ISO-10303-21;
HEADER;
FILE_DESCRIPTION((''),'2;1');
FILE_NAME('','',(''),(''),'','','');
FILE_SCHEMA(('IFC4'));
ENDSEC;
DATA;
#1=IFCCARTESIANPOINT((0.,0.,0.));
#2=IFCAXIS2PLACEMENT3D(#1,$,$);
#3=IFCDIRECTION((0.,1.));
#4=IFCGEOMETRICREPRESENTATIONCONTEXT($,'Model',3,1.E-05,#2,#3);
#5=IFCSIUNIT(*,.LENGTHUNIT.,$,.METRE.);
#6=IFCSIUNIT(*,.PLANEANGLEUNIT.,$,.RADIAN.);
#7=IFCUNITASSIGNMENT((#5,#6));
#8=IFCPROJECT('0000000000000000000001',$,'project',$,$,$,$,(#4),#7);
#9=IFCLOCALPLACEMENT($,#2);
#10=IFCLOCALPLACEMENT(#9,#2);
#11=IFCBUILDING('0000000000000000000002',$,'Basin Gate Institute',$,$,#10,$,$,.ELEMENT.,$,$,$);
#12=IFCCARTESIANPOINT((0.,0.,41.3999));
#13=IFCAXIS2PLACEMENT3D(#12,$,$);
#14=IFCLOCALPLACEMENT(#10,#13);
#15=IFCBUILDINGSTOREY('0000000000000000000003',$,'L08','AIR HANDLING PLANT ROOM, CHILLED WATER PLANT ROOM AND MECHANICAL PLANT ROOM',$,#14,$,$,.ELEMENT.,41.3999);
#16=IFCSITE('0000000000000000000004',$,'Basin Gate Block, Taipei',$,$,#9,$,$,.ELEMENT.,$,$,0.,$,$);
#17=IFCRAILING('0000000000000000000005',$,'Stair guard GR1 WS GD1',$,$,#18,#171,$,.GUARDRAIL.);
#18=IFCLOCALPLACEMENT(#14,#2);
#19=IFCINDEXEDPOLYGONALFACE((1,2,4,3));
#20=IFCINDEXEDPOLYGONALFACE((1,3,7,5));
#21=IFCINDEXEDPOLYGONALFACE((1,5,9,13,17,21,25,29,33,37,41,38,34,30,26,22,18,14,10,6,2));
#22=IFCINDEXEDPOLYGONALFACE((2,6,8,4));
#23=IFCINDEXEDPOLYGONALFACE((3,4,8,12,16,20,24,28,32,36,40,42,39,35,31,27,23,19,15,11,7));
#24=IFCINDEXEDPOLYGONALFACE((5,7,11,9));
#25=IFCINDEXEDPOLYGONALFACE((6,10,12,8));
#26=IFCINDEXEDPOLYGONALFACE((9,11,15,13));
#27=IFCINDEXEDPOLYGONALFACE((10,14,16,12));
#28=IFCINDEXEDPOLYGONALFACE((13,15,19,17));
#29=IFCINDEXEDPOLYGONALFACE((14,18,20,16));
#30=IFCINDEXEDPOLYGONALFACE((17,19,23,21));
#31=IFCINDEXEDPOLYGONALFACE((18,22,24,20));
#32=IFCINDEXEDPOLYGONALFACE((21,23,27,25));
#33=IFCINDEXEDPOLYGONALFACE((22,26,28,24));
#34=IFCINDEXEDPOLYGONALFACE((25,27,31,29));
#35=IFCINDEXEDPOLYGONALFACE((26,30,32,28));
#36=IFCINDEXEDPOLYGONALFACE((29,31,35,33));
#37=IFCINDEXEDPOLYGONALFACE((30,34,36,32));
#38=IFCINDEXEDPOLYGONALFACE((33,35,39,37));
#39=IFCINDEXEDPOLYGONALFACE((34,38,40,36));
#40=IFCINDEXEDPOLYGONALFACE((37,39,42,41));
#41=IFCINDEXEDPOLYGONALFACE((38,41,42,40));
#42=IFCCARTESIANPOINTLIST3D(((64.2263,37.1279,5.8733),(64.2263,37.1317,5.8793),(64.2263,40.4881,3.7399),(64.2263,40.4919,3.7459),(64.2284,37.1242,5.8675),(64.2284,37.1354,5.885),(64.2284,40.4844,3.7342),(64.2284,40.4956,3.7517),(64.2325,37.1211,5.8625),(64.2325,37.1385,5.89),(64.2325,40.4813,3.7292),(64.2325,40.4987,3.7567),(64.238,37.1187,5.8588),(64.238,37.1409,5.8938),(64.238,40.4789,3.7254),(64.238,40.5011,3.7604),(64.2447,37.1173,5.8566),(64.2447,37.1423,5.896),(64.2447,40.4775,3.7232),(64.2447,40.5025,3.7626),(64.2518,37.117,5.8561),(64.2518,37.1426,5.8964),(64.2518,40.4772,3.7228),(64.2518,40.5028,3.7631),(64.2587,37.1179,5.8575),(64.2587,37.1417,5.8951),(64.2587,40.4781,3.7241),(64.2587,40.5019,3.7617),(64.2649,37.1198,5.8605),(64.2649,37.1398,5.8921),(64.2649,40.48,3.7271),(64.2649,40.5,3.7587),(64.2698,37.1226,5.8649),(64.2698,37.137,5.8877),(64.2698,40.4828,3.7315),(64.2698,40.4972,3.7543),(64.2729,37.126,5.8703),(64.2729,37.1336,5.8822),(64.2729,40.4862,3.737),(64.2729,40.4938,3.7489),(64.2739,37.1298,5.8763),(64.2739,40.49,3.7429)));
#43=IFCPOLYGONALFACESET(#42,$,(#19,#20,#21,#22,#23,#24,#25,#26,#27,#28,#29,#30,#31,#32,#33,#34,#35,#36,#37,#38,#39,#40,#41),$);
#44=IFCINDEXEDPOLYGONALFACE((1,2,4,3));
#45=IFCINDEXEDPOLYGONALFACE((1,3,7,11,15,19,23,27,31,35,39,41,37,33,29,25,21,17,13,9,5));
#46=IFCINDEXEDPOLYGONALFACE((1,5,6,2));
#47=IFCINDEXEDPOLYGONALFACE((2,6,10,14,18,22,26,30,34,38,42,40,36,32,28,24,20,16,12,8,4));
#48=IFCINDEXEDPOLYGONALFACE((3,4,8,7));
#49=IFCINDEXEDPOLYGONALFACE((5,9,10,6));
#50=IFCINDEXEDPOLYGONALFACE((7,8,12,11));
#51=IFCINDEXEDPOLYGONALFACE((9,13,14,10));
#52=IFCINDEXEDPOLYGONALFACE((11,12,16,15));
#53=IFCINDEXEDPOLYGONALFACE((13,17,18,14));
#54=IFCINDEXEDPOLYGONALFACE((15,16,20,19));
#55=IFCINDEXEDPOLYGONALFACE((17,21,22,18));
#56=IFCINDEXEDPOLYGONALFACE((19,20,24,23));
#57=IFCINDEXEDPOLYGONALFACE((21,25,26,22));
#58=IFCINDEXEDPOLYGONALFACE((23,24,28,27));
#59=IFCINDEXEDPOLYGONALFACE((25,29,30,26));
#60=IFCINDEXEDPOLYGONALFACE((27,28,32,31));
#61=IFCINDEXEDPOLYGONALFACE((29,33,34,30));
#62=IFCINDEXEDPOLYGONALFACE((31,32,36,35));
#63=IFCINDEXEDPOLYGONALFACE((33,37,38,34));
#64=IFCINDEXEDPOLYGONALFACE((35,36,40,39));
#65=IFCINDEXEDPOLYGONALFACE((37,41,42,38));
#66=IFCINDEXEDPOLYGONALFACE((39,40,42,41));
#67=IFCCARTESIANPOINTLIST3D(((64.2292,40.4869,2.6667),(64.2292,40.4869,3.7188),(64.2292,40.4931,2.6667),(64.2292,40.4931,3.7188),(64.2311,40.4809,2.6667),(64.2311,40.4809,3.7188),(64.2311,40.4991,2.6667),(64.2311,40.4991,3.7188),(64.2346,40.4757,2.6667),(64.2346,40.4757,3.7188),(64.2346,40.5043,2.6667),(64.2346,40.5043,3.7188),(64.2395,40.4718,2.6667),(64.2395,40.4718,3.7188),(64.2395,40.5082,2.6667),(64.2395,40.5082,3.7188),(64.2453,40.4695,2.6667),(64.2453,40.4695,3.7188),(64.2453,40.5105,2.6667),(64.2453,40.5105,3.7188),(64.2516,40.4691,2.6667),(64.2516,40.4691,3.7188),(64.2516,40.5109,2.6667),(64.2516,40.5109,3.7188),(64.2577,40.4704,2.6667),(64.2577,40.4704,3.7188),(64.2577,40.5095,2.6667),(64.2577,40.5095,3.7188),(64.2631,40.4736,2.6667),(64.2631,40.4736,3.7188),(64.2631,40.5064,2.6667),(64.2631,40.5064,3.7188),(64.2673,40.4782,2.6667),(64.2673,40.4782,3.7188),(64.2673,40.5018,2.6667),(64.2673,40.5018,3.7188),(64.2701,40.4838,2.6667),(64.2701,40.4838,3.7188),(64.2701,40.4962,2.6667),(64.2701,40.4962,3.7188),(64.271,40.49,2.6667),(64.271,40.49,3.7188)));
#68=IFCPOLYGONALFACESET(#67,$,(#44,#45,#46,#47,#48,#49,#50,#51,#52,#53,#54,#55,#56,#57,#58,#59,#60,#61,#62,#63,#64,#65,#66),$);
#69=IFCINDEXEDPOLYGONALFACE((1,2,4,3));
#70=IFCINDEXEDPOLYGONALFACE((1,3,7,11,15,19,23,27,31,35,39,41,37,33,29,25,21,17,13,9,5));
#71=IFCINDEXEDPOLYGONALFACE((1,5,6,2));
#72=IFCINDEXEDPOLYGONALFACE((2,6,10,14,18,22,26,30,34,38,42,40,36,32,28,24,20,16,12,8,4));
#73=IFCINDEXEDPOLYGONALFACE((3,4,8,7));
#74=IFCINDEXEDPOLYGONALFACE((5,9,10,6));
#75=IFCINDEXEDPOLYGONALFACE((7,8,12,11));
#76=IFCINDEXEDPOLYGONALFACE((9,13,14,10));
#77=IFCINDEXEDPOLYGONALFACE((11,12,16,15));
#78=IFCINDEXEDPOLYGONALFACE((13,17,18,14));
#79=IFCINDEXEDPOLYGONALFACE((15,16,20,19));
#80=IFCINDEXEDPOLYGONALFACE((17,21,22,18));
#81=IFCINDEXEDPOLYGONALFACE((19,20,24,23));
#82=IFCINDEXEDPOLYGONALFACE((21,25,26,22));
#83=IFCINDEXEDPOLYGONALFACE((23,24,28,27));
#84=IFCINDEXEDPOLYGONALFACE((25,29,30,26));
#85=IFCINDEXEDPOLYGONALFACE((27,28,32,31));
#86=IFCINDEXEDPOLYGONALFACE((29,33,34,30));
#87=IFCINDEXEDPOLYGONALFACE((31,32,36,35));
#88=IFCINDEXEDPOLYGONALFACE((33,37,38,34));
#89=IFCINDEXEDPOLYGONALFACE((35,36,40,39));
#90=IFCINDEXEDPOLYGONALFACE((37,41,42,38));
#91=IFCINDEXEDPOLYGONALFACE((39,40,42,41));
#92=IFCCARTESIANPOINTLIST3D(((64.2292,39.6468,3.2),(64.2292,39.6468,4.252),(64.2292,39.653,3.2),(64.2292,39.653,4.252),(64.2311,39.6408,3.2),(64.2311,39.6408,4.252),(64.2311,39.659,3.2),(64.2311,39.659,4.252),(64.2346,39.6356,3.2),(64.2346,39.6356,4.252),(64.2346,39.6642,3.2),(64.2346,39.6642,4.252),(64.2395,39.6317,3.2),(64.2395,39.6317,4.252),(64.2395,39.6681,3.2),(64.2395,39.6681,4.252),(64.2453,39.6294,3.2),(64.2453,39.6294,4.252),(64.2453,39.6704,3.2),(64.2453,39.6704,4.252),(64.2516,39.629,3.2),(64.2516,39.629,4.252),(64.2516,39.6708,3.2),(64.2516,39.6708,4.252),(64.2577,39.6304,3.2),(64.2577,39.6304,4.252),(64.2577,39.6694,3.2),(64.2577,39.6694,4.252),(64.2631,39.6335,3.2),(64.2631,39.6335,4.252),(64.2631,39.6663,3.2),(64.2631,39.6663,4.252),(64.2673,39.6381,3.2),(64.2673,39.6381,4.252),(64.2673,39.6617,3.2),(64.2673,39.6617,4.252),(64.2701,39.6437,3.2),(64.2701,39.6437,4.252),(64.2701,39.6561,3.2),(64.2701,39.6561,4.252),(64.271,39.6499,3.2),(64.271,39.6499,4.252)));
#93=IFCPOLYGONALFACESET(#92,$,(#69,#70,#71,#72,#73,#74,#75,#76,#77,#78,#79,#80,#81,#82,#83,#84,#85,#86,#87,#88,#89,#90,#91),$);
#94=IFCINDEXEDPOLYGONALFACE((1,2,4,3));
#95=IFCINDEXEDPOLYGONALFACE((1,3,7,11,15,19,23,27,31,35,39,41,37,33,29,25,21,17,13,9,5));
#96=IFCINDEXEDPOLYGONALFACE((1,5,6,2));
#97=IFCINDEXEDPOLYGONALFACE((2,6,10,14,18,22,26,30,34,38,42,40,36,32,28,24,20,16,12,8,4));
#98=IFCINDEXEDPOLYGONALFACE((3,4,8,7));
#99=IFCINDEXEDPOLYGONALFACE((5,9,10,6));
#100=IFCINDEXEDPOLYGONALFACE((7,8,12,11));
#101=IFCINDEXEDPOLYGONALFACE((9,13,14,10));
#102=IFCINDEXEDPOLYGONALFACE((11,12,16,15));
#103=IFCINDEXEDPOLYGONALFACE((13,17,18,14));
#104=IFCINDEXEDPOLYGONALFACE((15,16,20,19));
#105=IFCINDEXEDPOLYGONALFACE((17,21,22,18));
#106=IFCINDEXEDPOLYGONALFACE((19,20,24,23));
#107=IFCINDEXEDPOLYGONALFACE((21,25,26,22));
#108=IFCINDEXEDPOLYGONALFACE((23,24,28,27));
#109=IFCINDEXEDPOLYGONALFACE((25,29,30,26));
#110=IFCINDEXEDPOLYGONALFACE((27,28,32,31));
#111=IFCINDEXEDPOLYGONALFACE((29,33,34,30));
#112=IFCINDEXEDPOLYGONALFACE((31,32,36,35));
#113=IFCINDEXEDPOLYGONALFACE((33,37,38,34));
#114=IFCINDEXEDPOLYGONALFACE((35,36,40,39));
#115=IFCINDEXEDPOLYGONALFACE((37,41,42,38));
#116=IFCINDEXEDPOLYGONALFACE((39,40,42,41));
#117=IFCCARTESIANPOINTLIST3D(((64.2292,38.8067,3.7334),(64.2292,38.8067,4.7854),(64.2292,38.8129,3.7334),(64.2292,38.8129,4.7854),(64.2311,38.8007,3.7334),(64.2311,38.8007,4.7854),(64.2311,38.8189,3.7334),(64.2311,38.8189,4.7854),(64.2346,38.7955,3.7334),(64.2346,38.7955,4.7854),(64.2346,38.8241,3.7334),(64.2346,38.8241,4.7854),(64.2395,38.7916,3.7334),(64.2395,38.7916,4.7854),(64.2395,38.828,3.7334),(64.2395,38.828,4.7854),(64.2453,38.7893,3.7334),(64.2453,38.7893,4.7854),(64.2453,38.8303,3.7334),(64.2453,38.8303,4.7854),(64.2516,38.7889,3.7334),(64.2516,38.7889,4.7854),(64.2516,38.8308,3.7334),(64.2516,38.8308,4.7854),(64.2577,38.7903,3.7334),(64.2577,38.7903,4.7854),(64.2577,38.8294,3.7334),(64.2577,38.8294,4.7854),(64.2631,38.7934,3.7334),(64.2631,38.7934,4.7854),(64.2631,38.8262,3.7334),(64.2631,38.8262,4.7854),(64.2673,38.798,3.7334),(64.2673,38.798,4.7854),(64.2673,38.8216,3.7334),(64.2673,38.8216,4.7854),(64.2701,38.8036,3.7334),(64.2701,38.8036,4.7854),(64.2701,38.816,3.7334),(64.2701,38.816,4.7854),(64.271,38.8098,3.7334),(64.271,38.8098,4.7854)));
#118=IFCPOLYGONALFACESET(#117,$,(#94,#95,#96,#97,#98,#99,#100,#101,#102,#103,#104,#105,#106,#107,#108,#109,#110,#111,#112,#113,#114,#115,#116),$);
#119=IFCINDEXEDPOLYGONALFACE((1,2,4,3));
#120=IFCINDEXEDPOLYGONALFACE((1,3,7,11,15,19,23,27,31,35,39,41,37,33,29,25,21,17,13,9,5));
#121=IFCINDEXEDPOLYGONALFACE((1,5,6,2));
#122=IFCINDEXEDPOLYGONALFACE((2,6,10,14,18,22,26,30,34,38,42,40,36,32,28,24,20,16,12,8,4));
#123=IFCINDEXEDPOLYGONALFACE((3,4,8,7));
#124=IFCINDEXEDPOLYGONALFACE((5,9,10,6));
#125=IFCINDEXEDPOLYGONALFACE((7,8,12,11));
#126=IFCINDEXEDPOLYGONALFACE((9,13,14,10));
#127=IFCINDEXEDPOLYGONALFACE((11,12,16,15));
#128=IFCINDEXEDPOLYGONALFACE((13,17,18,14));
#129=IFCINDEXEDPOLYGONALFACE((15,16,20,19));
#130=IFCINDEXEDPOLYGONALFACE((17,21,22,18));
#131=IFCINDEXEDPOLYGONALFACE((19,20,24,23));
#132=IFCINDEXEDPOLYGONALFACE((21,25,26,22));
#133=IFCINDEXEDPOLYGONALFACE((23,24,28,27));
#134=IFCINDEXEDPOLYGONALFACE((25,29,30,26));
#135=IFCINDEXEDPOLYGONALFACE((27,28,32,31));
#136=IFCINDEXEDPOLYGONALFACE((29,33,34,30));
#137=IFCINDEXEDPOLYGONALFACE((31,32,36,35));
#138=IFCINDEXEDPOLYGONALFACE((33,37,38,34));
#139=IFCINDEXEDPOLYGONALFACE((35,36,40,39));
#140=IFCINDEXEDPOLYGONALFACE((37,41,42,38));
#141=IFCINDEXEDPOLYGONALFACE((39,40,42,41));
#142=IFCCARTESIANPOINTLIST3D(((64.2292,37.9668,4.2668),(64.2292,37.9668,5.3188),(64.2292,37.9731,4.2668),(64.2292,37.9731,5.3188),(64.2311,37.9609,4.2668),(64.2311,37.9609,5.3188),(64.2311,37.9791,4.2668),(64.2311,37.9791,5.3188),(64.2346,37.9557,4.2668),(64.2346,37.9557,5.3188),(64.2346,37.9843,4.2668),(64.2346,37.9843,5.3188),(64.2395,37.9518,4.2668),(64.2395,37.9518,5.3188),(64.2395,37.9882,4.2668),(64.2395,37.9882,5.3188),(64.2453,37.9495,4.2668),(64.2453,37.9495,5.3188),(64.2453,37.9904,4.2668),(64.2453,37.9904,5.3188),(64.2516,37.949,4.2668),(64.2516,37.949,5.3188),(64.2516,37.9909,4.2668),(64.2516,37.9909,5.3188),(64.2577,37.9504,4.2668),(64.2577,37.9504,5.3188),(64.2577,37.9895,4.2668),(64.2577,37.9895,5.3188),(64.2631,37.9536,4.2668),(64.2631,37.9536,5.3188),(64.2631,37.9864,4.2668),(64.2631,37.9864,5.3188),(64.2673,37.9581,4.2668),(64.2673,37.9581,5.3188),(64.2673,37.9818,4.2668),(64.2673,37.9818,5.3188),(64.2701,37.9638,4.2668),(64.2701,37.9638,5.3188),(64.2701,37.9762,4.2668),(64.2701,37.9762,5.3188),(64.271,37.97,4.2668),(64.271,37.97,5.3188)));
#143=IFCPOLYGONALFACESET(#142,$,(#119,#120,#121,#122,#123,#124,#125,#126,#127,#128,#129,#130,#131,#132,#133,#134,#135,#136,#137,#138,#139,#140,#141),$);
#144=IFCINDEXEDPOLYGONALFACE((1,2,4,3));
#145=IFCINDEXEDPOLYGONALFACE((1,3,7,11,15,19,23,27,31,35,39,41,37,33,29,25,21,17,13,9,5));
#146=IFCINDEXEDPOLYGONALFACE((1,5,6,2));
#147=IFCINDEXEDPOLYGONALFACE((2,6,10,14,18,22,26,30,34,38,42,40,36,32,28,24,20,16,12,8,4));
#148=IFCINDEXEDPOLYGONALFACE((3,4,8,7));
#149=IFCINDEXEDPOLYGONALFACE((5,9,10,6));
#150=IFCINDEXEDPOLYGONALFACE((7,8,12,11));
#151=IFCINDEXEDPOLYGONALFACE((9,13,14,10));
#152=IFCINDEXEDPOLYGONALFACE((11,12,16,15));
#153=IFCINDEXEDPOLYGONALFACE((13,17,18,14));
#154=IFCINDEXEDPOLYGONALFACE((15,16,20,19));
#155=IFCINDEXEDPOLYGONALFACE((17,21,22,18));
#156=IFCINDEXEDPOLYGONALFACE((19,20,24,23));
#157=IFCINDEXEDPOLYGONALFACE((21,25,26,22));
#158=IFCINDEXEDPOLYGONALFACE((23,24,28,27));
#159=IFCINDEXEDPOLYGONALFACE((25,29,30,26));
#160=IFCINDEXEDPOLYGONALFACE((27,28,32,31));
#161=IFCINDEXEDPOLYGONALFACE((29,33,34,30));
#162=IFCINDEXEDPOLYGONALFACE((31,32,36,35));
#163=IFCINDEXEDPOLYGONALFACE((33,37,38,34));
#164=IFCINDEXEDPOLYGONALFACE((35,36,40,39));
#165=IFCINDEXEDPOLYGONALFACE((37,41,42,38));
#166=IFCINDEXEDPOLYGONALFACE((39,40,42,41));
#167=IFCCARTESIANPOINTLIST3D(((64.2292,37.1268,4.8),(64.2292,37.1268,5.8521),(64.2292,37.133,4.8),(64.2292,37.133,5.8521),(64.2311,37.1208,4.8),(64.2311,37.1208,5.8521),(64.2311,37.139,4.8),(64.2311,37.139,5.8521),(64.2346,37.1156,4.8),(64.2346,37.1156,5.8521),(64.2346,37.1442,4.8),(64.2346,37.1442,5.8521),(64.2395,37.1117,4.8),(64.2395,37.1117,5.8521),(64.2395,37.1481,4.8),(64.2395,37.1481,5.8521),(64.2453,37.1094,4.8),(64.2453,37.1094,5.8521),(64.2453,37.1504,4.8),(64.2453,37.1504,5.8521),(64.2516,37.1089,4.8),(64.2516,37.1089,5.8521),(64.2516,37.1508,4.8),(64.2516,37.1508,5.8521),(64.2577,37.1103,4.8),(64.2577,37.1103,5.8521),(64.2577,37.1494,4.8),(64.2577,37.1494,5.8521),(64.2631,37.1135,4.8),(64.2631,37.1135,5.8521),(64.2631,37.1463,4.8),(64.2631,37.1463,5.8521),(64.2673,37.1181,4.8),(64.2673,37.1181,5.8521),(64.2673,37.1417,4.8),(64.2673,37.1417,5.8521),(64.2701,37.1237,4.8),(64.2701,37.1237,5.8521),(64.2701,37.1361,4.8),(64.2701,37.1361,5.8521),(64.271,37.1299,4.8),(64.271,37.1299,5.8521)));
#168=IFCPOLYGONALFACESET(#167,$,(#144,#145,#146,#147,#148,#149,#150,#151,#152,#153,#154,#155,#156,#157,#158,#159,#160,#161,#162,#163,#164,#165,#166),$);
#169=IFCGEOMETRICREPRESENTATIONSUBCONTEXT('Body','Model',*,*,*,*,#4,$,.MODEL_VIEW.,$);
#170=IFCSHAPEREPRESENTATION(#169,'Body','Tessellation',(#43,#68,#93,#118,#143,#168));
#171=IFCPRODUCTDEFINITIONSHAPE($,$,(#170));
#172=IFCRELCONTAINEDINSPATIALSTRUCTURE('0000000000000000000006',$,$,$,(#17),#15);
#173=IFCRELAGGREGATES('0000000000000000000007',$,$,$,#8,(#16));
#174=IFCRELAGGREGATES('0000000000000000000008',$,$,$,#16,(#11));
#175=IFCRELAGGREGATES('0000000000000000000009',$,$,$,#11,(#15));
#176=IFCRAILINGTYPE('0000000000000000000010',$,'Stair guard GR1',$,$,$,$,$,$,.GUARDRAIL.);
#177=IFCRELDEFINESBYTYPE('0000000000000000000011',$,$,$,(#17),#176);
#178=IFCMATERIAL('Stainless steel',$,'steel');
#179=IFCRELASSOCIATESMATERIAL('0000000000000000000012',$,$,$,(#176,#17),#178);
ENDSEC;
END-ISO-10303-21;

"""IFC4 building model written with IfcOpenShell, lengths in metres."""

from ifc_helpers import new_model, si_unit, direction, frame, origin, origin_2d, place, context, subcontext, project, spatial, circle, extrude, material, type_object, element, save


model = new_model("IFC4")

# Units and contexts
model_context = context("Model", 3, precision=1e-05, world=origin(), true_north=direction((0.0, 1.0)))
body_context = subcontext(model_context, "Body", "Model", "MODEL_VIEW")
ifc_project = project(units=[si_unit("LENGTHUNIT", "METRE"), si_unit("PLANEANGLEUNIT", "RADIAN")], contexts=[model_context])

# Site, building, storey
site_placement = place(None, origin())
site = spatial("IfcSite", under=ifc_project, at=site_placement, Name="Basin Gate Block, Taipei", CompositionType="ELEMENT", RefElevation=0.0)
building_placement = place(site_placement, origin())
building = spatial("IfcBuilding", under=site, at=building_placement, Name="Basin Gate Institute", CompositionType="ELEMENT")
storey_placement = place(building_placement, frame((0.0, 0.0, 41.3999)))
storey = spatial("IfcBuildingStorey", under=building, at=storey_placement, Name="L08", Description="AIR HANDLING PLANT ROOM, CHILLED WATER PLANT ROOM AND MECHANICAL PLANT ROOM", CompositionType="ELEMENT", Elevation=41.3999)

# Railing
ifc_material_1 = material(Name="Stainless steel", Category="steel")
railing_type_1 = type_object("IfcRailingType", Name="Stair guard GR1", PredefinedType="GUARDRAIL", material=ifc_material_1)
railing_1_placement = place(storey_placement, frame((64.25, 40.49, 2.6667)))
element("IfcRailing", 1, at=railing_1_placement, inside=storey, type_object=railing_type_1, material=ifc_material_1, Name="Stair guard GR1 WS GD1", PredefinedType="GUARDRAIL", context=body_context, shape_type="SweptSolid", body=[
    extrude(circle(Radius=0.0239, at=origin_2d()), frame((0.0, 0.0, 1.0762), z_axis=(0.0, -0.844224, 0.53599), x_axis=(1.0, 0.0, 0.0)), (0.0, 0.0, 1.0), 3.9802),
    extrude(circle(Radius=0.021, at=origin_2d()), origin(), (0.0, 0.0, 1.0), 1.052),
    extrude(circle(Radius=0.021, at=origin_2d()), frame((0.0, -0.8401, 0.5332)), (0.0, 0.0, 1.0), 1.052),
    extrude(circle(Radius=0.021, at=origin_2d()), frame((0.0, -1.6802, 1.0667)), (0.0, 0.0, 1.0), 1.052),
    extrude(circle(Radius=0.021, at=origin_2d()), frame((0.0, -2.52, 1.6001)), (0.0, 0.0, 1.0), 1.052),
    extrude(circle(Radius=0.021, at=origin_2d()), frame((0.0, -3.3601, 2.1333)), (0.0, 0.0, 1.0), 1.052),
])

save(model, "model.ifc")
